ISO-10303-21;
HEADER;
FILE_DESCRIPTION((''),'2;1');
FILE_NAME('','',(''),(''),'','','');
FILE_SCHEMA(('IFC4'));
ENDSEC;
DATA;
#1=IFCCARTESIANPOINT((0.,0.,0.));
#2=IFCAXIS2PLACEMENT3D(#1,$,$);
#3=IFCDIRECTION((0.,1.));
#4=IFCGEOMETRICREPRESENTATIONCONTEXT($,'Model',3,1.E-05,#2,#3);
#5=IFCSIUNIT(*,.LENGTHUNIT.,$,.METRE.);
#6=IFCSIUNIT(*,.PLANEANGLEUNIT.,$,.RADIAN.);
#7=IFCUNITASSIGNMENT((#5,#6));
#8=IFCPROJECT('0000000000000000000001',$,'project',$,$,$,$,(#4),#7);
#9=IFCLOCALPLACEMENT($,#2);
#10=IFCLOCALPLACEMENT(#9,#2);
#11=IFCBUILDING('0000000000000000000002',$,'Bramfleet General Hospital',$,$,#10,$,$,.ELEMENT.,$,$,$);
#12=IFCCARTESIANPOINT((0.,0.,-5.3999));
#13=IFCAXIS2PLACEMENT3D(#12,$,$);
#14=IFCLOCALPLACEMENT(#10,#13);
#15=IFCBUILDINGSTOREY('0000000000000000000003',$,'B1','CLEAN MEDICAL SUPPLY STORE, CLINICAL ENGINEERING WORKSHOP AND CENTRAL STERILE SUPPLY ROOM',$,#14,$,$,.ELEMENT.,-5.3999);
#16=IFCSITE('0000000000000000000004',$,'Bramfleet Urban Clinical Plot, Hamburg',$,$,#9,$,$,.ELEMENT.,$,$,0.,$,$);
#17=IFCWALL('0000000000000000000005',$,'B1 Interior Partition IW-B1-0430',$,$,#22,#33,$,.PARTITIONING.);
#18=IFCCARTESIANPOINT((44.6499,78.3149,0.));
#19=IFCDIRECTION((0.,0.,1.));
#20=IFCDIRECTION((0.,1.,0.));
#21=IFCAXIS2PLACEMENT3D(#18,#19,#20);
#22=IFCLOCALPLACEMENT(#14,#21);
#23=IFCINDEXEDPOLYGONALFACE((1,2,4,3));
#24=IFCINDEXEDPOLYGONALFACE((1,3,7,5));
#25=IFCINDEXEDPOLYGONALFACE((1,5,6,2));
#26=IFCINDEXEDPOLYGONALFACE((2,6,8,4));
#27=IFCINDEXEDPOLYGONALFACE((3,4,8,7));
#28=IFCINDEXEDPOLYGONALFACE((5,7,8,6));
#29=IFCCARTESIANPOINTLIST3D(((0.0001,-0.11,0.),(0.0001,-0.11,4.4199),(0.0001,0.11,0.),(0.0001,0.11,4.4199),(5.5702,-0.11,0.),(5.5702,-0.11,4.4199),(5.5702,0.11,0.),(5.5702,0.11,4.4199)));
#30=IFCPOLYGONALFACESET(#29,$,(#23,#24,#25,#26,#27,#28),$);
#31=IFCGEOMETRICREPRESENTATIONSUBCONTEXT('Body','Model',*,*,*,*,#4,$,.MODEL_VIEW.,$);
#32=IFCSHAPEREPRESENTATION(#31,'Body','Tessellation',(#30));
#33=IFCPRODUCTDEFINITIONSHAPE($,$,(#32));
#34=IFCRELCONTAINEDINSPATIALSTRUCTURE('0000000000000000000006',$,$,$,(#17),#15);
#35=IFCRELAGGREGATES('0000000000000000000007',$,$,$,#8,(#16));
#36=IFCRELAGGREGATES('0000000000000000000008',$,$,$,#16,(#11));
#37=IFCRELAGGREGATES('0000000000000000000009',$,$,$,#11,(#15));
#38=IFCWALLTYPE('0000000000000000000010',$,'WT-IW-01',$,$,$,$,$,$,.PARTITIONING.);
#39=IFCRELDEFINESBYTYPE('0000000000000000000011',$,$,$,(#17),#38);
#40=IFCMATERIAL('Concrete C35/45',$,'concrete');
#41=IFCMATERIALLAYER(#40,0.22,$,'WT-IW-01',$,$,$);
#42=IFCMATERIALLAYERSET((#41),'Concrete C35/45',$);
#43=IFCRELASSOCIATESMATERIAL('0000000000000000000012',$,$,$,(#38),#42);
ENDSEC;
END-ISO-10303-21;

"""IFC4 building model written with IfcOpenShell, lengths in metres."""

from ifc_helpers import new_model, si_unit, direction, frame, frame_2d, origin, place, context, subcontext, project, spatial, rectangle, extrude, material, layer, layer_set, type_object, element, save


model = new_model("IFC4")

# Units and contexts
model_context = context("Model", 3, precision=1e-05, world=origin(), true_north=direction((0.0, 1.0)))
body_context = subcontext(model_context, "Body", "Model", "MODEL_VIEW")
ifc_project = project(units=[si_unit("LENGTHUNIT", "METRE"), si_unit("PLANEANGLEUNIT", "RADIAN")], contexts=[model_context])

# Site, building, storey
site_placement = place(None, origin())
site = spatial("IfcSite", under=ifc_project, at=site_placement, Name="Bramfleet Urban Clinical Plot, Hamburg", CompositionType="ELEMENT", RefElevation=0.0)
building_placement = place(site_placement, origin())
building = spatial("IfcBuilding", under=site, at=building_placement, Name="Bramfleet General Hospital", CompositionType="ELEMENT")
storey_placement = place(building_placement, frame((0.0, 0.0, -5.3999)))
storey = spatial("IfcBuildingStorey", under=building, at=storey_placement, Name="B1", Description="CLEAN MEDICAL SUPPLY STORE, CLINICAL ENGINEERING WORKSHOP AND CENTRAL STERILE SUPPLY ROOM", CompositionType="ELEMENT", Elevation=-5.3999)

# Shared definitions
ifc_material_1 = material(Name="Concrete C35/45", Category="concrete")

# Shared definitions
ifc_layer = layer(ifc_material_1, 0.22, Name="WT-IW-01")
ifc_layer_set = layer_set([ifc_layer], Name="Concrete C35/45")
wall_type = type_object("IfcWallType", Name="WT-IW-01", PredefinedType="PARTITIONING", material=ifc_layer_set)

# Wall
wall_1_placement = place(storey_placement, frame((44.6499, 78.3149, 0.0), z_axis=(0.0, 0.0, 1.0), x_axis=(0.0, 1.0, 0.0)))
element("IfcWall", 1, at=wall_1_placement, inside=storey, type_object=wall_type, Name="B1 Interior Partition IW-B1-0430", PredefinedType="PARTITIONING", context=body_context, shape_type="SweptSolid", body=[
    extrude(rectangle(XDim=5.5701, YDim=0.22, at=frame_2d((2.7852, 0.0))), origin(), (0.0, 0.0, 1.0), 4.4199),
])

save(model, "model.ifc")
